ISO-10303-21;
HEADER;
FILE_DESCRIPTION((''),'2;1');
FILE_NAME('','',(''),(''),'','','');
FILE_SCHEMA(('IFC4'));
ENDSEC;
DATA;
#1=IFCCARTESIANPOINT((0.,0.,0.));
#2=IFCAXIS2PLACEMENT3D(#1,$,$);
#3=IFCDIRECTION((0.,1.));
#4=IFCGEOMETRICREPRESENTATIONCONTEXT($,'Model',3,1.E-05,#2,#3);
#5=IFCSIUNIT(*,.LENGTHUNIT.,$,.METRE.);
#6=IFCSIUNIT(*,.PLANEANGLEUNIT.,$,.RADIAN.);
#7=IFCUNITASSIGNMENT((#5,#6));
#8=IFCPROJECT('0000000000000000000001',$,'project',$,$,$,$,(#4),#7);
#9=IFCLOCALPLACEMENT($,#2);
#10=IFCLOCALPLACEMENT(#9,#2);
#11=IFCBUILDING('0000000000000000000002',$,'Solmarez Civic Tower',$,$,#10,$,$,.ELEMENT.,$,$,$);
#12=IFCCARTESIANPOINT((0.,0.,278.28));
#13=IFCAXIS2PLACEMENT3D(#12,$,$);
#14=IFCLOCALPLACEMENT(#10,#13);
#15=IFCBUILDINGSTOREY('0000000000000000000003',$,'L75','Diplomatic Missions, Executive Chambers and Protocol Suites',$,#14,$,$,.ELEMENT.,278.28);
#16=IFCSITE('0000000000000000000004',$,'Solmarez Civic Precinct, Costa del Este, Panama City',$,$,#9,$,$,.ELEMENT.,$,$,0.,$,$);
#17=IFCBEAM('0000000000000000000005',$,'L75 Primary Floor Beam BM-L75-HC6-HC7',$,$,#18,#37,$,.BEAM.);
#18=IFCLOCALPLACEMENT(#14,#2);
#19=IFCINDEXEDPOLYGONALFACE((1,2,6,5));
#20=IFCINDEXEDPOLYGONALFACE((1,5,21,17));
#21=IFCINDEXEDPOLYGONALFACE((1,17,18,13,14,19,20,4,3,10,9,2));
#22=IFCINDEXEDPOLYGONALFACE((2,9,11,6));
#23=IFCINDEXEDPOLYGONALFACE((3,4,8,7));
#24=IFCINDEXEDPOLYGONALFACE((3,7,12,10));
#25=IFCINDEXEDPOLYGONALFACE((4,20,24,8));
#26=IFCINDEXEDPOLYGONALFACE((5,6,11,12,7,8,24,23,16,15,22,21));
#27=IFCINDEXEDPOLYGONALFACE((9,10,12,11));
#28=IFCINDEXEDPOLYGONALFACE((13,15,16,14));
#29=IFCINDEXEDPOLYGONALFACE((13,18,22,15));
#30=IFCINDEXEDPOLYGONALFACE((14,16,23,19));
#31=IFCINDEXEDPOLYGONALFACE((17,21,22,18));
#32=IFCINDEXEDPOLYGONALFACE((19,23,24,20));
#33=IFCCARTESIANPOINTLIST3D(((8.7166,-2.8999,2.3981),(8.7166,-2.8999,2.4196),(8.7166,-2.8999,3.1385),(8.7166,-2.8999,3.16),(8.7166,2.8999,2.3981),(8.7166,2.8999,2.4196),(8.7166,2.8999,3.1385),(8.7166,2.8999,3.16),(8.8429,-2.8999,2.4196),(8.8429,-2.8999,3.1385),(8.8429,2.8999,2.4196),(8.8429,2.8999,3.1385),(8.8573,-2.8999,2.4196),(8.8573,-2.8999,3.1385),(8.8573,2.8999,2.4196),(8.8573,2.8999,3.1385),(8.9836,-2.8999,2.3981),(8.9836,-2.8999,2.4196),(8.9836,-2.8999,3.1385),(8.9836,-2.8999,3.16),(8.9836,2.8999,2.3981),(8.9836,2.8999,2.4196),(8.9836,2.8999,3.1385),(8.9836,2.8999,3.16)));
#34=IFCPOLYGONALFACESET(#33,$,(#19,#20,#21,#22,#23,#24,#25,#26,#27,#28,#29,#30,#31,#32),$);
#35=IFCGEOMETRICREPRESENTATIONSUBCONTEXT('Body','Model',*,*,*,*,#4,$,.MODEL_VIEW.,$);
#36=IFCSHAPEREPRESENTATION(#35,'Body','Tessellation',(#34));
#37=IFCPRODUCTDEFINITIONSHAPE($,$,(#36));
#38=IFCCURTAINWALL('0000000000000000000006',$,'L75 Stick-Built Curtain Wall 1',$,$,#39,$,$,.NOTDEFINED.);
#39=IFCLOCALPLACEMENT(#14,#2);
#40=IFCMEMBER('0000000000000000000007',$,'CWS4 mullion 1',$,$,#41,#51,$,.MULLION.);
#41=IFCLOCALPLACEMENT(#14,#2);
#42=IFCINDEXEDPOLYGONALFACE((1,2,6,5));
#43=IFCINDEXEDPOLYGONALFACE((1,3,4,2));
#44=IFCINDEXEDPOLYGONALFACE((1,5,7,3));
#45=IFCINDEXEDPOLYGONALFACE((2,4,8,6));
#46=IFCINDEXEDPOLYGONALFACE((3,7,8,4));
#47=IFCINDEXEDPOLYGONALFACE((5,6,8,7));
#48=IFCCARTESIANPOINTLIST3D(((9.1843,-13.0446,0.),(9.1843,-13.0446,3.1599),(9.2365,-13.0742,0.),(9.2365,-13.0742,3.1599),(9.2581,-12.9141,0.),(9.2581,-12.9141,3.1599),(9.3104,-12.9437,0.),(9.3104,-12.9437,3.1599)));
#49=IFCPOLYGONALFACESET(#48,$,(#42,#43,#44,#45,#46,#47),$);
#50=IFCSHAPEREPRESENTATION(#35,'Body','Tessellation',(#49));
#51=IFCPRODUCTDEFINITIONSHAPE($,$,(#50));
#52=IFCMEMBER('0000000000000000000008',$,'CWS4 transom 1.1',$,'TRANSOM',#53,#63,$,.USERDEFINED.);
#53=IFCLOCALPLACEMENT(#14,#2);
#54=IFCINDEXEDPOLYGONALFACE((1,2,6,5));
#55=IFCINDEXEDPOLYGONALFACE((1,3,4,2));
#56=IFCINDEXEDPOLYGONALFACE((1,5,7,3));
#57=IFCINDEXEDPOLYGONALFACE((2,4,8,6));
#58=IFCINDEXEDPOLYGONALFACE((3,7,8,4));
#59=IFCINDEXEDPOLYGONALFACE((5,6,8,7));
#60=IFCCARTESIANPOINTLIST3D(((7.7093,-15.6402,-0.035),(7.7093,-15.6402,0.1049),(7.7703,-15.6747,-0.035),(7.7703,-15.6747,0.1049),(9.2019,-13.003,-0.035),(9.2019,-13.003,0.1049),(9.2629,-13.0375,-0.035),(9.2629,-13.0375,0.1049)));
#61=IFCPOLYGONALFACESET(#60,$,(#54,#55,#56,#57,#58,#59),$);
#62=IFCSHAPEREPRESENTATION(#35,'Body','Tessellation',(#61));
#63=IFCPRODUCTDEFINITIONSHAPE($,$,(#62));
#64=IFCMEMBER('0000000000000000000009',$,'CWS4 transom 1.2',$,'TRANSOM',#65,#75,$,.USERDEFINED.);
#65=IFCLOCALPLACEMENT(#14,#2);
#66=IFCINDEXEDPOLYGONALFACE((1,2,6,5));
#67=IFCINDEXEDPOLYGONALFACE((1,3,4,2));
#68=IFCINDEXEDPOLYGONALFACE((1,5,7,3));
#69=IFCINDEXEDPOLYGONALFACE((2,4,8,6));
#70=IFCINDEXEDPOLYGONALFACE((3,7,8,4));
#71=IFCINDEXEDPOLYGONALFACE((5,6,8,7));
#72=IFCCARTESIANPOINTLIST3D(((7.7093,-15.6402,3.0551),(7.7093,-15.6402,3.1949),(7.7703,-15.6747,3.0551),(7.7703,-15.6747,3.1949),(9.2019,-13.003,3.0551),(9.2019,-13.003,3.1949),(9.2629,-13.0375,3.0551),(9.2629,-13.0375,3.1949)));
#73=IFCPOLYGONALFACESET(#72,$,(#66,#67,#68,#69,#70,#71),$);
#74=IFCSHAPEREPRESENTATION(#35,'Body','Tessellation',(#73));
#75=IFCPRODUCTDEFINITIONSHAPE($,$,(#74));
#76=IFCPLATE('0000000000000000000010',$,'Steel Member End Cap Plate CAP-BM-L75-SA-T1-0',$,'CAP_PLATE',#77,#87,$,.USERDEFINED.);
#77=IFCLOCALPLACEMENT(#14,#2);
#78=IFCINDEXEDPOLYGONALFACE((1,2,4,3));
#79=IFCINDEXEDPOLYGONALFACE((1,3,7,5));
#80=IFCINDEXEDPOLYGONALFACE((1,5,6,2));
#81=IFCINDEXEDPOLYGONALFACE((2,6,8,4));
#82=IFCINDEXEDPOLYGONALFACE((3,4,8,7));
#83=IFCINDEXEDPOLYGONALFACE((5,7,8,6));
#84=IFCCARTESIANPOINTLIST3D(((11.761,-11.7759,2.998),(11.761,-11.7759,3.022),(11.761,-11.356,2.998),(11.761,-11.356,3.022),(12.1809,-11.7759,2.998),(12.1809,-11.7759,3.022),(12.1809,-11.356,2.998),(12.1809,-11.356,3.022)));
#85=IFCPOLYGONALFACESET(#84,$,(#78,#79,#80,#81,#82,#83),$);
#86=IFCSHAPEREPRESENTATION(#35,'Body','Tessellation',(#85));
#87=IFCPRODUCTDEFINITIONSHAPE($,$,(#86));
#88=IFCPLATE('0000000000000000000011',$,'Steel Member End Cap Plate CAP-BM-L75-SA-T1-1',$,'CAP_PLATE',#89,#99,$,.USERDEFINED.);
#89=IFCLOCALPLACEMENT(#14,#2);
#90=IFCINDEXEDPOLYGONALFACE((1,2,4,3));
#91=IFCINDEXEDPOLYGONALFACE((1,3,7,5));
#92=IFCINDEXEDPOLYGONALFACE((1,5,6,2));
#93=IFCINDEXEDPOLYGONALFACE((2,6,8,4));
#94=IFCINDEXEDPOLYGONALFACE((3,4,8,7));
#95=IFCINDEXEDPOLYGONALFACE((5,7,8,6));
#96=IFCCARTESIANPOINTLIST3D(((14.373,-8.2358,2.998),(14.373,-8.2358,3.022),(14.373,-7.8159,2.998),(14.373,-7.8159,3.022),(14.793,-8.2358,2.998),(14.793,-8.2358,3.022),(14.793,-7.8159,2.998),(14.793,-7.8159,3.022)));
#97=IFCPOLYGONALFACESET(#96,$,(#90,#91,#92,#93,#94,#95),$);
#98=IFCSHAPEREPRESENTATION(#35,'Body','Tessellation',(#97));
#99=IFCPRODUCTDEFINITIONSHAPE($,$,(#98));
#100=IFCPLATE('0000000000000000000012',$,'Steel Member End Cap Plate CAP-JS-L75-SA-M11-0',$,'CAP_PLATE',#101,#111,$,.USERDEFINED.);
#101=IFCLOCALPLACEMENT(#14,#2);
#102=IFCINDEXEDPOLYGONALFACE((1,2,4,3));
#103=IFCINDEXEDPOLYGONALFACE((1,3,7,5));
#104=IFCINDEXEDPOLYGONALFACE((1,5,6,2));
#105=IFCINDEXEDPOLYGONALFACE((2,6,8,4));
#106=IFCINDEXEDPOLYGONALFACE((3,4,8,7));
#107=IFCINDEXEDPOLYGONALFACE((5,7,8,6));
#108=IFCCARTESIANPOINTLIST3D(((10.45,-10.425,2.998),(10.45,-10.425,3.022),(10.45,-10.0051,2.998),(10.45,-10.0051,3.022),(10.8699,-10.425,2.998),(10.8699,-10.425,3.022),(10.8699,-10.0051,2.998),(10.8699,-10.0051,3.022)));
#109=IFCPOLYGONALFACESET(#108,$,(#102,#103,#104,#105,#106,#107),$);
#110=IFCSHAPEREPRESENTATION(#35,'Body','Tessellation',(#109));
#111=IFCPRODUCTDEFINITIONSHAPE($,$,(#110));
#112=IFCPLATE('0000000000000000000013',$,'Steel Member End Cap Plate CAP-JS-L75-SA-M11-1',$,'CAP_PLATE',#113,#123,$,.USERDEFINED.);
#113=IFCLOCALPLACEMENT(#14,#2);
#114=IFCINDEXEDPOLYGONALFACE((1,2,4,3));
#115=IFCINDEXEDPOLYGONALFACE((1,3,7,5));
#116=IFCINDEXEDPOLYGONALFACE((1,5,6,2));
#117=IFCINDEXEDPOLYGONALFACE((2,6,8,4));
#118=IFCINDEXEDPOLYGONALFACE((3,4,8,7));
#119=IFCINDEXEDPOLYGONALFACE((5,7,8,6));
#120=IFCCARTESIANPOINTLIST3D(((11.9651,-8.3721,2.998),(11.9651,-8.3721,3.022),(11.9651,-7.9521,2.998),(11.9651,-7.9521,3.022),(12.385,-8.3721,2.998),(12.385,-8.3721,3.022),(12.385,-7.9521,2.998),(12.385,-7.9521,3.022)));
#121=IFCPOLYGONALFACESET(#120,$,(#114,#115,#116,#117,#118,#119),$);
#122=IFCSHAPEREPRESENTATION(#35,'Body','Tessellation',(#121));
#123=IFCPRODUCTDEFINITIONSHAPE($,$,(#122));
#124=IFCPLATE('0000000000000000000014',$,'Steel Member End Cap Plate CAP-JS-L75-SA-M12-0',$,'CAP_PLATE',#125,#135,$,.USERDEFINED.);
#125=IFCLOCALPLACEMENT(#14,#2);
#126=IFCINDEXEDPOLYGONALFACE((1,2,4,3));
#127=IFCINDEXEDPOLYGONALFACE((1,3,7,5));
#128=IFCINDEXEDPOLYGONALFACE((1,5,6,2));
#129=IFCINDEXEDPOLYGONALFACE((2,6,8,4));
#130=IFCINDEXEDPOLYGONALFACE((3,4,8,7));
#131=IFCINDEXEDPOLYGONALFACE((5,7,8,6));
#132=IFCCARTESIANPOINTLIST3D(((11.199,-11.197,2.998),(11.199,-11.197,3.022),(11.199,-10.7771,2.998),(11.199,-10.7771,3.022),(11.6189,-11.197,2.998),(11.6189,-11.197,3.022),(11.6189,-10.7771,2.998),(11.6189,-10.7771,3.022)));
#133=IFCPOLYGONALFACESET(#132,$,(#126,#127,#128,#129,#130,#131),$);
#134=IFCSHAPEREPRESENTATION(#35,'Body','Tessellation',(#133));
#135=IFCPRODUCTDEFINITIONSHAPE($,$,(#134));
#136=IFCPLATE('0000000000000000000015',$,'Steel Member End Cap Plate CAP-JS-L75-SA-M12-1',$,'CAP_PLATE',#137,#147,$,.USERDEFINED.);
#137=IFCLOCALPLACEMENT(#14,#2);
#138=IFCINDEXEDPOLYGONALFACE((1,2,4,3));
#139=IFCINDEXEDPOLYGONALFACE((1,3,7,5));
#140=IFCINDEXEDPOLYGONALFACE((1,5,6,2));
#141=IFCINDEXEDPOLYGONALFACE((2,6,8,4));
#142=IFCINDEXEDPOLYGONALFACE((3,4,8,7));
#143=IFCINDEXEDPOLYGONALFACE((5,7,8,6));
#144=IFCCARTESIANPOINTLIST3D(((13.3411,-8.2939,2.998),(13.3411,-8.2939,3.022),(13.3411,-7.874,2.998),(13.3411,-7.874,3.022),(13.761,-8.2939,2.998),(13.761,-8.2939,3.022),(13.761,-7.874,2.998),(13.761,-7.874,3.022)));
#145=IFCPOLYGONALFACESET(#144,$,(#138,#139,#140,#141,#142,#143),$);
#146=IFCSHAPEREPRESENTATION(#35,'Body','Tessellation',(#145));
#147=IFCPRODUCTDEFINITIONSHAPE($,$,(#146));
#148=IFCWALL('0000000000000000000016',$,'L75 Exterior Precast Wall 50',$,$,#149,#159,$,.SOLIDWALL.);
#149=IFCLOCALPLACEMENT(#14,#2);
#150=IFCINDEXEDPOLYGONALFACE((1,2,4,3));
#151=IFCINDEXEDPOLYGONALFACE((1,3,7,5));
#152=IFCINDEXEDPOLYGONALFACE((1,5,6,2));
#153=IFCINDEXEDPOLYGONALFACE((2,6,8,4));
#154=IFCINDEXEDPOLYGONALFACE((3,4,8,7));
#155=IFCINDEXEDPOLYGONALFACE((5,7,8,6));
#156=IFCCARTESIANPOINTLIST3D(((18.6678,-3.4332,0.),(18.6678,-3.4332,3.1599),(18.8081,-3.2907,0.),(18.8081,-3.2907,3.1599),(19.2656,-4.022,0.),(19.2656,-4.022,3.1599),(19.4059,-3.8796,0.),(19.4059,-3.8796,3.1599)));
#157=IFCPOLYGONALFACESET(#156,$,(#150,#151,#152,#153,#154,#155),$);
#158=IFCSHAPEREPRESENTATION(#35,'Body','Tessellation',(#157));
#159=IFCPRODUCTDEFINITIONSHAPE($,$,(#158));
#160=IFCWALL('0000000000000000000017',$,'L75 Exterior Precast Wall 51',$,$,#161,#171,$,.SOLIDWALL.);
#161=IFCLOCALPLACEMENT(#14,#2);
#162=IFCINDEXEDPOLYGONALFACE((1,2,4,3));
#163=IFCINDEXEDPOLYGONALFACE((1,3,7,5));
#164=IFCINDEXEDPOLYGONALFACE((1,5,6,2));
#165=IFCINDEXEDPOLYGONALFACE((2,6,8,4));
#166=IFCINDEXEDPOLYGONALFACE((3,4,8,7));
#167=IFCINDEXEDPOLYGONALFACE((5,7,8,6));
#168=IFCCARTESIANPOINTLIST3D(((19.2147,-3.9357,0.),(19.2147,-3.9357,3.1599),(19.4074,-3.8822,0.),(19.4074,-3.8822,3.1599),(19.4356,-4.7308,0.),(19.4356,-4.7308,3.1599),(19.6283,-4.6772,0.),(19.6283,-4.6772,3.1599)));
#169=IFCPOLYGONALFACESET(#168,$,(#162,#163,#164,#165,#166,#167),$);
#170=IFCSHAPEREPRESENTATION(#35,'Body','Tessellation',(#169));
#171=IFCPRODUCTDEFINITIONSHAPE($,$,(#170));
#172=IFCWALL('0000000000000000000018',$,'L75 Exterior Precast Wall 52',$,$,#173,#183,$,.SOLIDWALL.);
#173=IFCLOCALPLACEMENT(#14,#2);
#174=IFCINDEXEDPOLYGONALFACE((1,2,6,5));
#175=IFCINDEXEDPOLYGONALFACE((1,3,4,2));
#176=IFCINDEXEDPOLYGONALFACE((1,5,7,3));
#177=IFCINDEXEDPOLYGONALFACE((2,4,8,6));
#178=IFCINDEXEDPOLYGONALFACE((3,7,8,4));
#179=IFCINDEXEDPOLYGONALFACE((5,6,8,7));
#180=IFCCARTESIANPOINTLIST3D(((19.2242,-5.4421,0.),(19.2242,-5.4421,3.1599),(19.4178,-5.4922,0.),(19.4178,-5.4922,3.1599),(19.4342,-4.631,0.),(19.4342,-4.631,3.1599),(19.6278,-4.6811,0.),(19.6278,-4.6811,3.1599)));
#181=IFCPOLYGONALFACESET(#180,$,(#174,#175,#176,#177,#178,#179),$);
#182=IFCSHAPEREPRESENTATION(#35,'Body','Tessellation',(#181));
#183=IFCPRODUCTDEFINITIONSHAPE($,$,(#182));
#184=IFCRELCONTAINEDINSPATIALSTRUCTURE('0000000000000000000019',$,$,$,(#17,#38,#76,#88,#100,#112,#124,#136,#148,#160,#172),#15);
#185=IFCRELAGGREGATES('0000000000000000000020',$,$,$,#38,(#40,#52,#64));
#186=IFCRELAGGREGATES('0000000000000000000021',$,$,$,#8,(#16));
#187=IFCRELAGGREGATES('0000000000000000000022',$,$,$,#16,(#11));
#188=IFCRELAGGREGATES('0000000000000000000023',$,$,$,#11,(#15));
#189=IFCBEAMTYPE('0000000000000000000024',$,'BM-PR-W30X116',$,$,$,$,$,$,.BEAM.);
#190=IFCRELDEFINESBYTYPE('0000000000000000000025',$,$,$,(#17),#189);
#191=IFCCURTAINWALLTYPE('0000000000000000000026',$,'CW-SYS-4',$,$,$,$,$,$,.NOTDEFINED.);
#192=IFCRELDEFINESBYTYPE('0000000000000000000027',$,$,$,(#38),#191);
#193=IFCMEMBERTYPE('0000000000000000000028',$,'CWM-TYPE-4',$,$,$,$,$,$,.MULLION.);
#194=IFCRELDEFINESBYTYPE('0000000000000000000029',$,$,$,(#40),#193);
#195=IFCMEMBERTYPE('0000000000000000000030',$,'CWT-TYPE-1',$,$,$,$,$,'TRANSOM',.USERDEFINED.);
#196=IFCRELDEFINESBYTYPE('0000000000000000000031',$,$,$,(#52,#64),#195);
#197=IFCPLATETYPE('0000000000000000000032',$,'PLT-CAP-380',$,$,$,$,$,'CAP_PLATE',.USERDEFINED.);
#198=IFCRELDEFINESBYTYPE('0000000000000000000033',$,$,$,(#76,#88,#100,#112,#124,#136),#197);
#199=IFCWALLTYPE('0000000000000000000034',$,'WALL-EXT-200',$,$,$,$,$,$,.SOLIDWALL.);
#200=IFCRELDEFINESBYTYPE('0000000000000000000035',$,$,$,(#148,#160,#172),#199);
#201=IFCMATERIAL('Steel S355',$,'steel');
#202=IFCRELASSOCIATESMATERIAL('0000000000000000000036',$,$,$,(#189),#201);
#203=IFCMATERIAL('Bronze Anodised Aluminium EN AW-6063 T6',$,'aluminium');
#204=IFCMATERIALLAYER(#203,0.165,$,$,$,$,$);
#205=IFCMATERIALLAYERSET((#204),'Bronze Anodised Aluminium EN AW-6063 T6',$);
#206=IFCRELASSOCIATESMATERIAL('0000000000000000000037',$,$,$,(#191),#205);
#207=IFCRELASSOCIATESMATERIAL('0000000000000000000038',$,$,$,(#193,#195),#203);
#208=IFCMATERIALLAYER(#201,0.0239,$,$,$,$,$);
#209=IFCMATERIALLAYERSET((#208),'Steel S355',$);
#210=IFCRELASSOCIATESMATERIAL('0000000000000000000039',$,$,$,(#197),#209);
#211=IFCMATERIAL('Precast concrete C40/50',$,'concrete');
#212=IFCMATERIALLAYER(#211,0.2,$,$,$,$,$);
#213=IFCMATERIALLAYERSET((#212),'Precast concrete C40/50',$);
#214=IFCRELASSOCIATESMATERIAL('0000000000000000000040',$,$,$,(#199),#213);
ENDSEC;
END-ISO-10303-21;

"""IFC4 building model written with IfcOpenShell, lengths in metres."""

from ifc_helpers import new_model, si_unit, direction, frame, frame_2d, origin, origin_2d, place, context, subcontext, project, spatial, rectangle, i_section, extrude, material, layer, layer_set, material_profile, profile_set, type_object, element, aggregate, save


model = new_model("IFC4")

# Units and contexts
model_context = context("Model", 3, precision=1e-05, world=origin(), true_north=direction((0.0, 1.0)))
body_context = subcontext(model_context, "Body", "Model", "MODEL_VIEW")
ifc_project = project(units=[si_unit("LENGTHUNIT", "METRE"), si_unit("PLANEANGLEUNIT", "RADIAN")], contexts=[model_context])

# Site, building, storey
site_placement = place(None, origin())
site = spatial("IfcSite", under=ifc_project, at=site_placement, Name="Solmarez Civic Precinct, Costa del Este, Panama City", CompositionType="ELEMENT", RefElevation=0.0)
building_placement = place(site_placement, origin())
building = spatial("IfcBuilding", under=site, at=building_placement, Name="Solmarez Civic Tower", CompositionType="ELEMENT")
storey_placement = place(building_placement, frame((0.0, 0.0, 278.28)))
storey = spatial("IfcBuildingStorey", under=building, at=storey_placement, Name="L75", Description="Diplomatic Missions, Executive Chambers and Protocol Suites", CompositionType="ELEMENT", Elevation=278.28)

# Beam
ifc_material_1 = material(Name="Steel S355", Category="steel")
ifc_material_profile_1 = material_profile(ifc_material_1, i_section(OverallWidth=0.2671, OverallDepth=0.762, WebThickness=0.0144, FlangeThickness=0.0215, at=origin_2d()), Name="W30X116")
ifc_profile_set_1 = profile_set([ifc_material_profile_1], Name="Steel S355")
beam_type_1 = type_object("IfcBeamType", Name="BM-PR-W30X116", PredefinedType="BEAM", material=ifc_profile_set_1)
beam_1_placement = place(storey_placement, frame((8.8501, -2.8999, 2.7791), z_axis=(0.0, 1.0, 0.0), x_axis=(-1.0, 0.0, 0.0)))
element("IfcBeam", 1, at=beam_1_placement, inside=storey, type_object=beam_type_1, Name="L75 Primary Floor Beam BM-L75-HC6-HC7", PredefinedType="BEAM", context=body_context, shape_type="SweptSolid", body=[
    extrude(i_section(OverallWidth=0.2671, OverallDepth=0.762, WebThickness=0.0144, FlangeThickness=0.0215, at=origin_2d()), origin(), (0.0, 0.0, 1.0), 5.7998),
])

# Curtain wall, members
ifc_material_2 = material(Name="Bronze Anodised Aluminium EN AW-6063 T6", Category="aluminium")
ifc_layer_1 = layer(ifc_material_2, 0.165)
ifc_layer_set_1 = layer_set([ifc_layer_1], Name="Bronze Anodised Aluminium EN AW-6063 T6")
curtain_wall_type = type_object("IfcCurtainWallType", Name="CW-SYS-4", PredefinedType="NOTDEFINED", material=ifc_layer_set_1)
curtain_wall_placement = place(storey_placement, origin())
curtain_wall = element("IfcCurtainWall", 2, at=curtain_wall_placement, inside=storey, type_object=curtain_wall_type, Name="L75 Stick-Built Curtain Wall 1", PredefinedType="NOTDEFINED")
ifc_material_profile_2 = material_profile(ifc_material_2, rectangle(XDim=0.0601, YDim=0.1499, at=origin_2d()), Name="CWM-60X150")
ifc_profile_set_2 = profile_set([ifc_material_profile_2], Name="Bronze Anodised Aluminium EN AW-6063 T6")
member_type_1 = type_object("IfcMemberType", Name="CWM-TYPE-4", PredefinedType="MULLION", material=ifc_profile_set_2)
member_1_placement = place(storey_placement, frame((9.2473, -12.9941, 0.0), z_axis=(0.0, 0.0, 1.0), x_axis=(0.870267, -0.49258, 0.0)))
member_1 = element("IfcMember", 3, at=member_1_placement, type_object=member_type_1, Name="CWS4 mullion 1", PredefinedType="MULLION", context=body_context, shape_type="SweptSolid", body=[
    extrude(rectangle(XDim=0.0601, YDim=0.1499, at=origin_2d()), origin(), (0.0, 0.0, 1.0), 3.1599),
])
ifc_material_profile_3 = material_profile(ifc_material_2, rectangle(XDim=0.0701, YDim=0.1399, at=origin_2d()), Name="CWT-70X140")
ifc_profile_set_3 = profile_set([ifc_material_profile_3], Name="Bronze Anodised Aluminium EN AW-6063 T6")
member_type_2 = type_object("IfcMemberType", Name="CWT-TYPE-1", ElementType="TRANSOM", PredefinedType="USERDEFINED", material=ifc_profile_set_3)
member_2_placement = place(storey_placement, frame((9.2324, -13.0203, 0.0349), z_axis=(-0.492577, -0.870269, 0.0), x_axis=(0.870269, -0.492577, 0.0)))
member_2 = element("IfcMember", 4, at=member_2_placement, type_object=member_type_2, Name="CWS4 transom 1.1", ObjectType="TRANSOM", PredefinedType="USERDEFINED", context=body_context, shape_type="SweptSolid", body=[
    extrude(rectangle(XDim=0.0701, YDim=0.1399, at=origin_2d()), origin(), (0.0, 0.0, 1.0), 3.0303),
])
member_3_placement = place(storey_placement, frame((9.2324, -13.0203, 3.125), z_axis=(-0.492577, -0.870269, 0.0), x_axis=(0.870269, -0.492577, 0.0)))
member_3 = element("IfcMember", 5, at=member_3_placement, type_object=member_type_2, Name="CWS4 transom 1.2", ObjectType="TRANSOM", PredefinedType="USERDEFINED", context=body_context, shape_type="SweptSolid", body=[
    extrude(rectangle(XDim=0.0701, YDim=0.1399, at=origin_2d()), origin(), (0.0, 0.0, 1.0), 3.0303),
])
aggregate(curtain_wall, [member_1, member_2, member_3])

# Plates
ifc_layer_2 = layer(ifc_material_1, 0.0239)
ifc_layer_set_2 = layer_set([ifc_layer_2], Name="Steel S355")
plate_type = type_object("IfcPlateType", Name="PLT-CAP-380", ElementType="CAP_PLATE", PredefinedType="USERDEFINED", material=ifc_layer_set_2)
for number, where, z_axis, x_axis, name in (
    (6, (11.9709, -11.5659, 2.998), (0.0, 0.0, 1.0), (1.0, 0.0, 0.0), "Steel Member End Cap Plate CAP-BM-L75-SA-T1-0"),
    (7, (14.583, -8.0259, 2.998), (0.0, 0.0, 1.0), (1.0, 0.0, 0.0), "Steel Member End Cap Plate CAP-BM-L75-SA-T1-1"),
    (8, (10.6599, -10.2151, 2.998), (0.0, 0.0, 1.0), (1.0, 0.0, 0.0), "Steel Member End Cap Plate CAP-JS-L75-SA-M11-0"),
    (9, (12.175, -8.1621, 2.998), (0.0, 0.0, 1.0), (1.0, 0.0, 0.0), "Steel Member End Cap Plate CAP-JS-L75-SA-M11-1"),
    (10, (11.4089, -10.9871, 2.998), (0.0, 0.0, 1.0), (1.0, 0.0, 0.0), "Steel Member End Cap Plate CAP-JS-L75-SA-M12-0"),
    (11, (13.551, -8.084, 2.998), (0.0, 0.0, 1.0), (1.0, 0.0, 0.0), "Steel Member End Cap Plate CAP-JS-L75-SA-M12-1"),
):
    element("IfcPlate", number, at=place(storey_placement, frame(where, z_axis=z_axis, x_axis=x_axis)), inside=storey, type_object=plate_type, Name=name, ObjectType="CAP_PLATE", PredefinedType="USERDEFINED", context=body_context, shape_type="SweptSolid", body=[
        extrude(rectangle(XDim=0.4199, YDim=0.4199, at=origin_2d()), origin(), (0.0, 0.0, 1.0), 0.0239),
    ])

# Walls
ifc_material_3 = material(Name="Precast concrete C40/50", Category="concrete")
ifc_layer_3 = layer(ifc_material_3, 0.2)
ifc_layer_set_3 = layer_set([ifc_layer_3], Name="Precast concrete C40/50")
wall_type_1 = type_object("IfcWallType", Name="WALL-EXT-200", PredefinedType="SOLIDWALL", material=ifc_layer_set_3)
wall_1_placement = place(storey_placement, frame((18.738, -3.3621, 0.0), z_axis=(0.0, 0.0, 1.0), x_axis=(0.712468, -0.701704, 0.0)))
element("IfcWall", 12, at=wall_1_placement, inside=storey, type_object=wall_type_1, Name="L75 Exterior Precast Wall 50", PredefinedType="SOLIDWALL", context=body_context, shape_type="SweptSolid", body=[
    extrude(rectangle(XDim=0.8391, YDim=0.2, at=frame_2d((0.4194, 0.0))), origin(), (0.0, 0.0, 1.0), 3.1599),
])
wall_2_placement = place(storey_placement, frame((19.311, -3.9089, 0.0), z_axis=(0.0, 0.0, 1.0), x_axis=(0.26772, -0.963497, 0.0)))
element("IfcWall", 13, at=wall_2_placement, inside=storey, type_object=wall_type_1, Name="L75 Exterior Precast Wall 51", PredefinedType="SOLIDWALL", context=body_context, shape_type="SweptSolid", body=[
    extrude(rectangle(XDim=0.8252, YDim=0.2, at=frame_2d((0.4126, 0.0))), origin(), (0.0, 0.0, 1.0), 3.1599),
])
wall_3_placement = place(storey_placement, frame((19.531, -4.656, 0.0), z_axis=(0.0, 0.0, 1.0), x_axis=(-0.250618, -0.968086, 0.0)))
element("IfcWall", 14, at=wall_3_placement, inside=storey, type_object=wall_type_1, Name="L75 Exterior Precast Wall 52", PredefinedType="SOLIDWALL", context=body_context, shape_type="SweptSolid", body=[
    extrude(rectangle(XDim=0.8379, YDim=0.2, at=frame_2d((0.4189, 0.0))), origin(), (0.0, 0.0, 1.0), 3.1599),
])

save(model, "model.ifc")
